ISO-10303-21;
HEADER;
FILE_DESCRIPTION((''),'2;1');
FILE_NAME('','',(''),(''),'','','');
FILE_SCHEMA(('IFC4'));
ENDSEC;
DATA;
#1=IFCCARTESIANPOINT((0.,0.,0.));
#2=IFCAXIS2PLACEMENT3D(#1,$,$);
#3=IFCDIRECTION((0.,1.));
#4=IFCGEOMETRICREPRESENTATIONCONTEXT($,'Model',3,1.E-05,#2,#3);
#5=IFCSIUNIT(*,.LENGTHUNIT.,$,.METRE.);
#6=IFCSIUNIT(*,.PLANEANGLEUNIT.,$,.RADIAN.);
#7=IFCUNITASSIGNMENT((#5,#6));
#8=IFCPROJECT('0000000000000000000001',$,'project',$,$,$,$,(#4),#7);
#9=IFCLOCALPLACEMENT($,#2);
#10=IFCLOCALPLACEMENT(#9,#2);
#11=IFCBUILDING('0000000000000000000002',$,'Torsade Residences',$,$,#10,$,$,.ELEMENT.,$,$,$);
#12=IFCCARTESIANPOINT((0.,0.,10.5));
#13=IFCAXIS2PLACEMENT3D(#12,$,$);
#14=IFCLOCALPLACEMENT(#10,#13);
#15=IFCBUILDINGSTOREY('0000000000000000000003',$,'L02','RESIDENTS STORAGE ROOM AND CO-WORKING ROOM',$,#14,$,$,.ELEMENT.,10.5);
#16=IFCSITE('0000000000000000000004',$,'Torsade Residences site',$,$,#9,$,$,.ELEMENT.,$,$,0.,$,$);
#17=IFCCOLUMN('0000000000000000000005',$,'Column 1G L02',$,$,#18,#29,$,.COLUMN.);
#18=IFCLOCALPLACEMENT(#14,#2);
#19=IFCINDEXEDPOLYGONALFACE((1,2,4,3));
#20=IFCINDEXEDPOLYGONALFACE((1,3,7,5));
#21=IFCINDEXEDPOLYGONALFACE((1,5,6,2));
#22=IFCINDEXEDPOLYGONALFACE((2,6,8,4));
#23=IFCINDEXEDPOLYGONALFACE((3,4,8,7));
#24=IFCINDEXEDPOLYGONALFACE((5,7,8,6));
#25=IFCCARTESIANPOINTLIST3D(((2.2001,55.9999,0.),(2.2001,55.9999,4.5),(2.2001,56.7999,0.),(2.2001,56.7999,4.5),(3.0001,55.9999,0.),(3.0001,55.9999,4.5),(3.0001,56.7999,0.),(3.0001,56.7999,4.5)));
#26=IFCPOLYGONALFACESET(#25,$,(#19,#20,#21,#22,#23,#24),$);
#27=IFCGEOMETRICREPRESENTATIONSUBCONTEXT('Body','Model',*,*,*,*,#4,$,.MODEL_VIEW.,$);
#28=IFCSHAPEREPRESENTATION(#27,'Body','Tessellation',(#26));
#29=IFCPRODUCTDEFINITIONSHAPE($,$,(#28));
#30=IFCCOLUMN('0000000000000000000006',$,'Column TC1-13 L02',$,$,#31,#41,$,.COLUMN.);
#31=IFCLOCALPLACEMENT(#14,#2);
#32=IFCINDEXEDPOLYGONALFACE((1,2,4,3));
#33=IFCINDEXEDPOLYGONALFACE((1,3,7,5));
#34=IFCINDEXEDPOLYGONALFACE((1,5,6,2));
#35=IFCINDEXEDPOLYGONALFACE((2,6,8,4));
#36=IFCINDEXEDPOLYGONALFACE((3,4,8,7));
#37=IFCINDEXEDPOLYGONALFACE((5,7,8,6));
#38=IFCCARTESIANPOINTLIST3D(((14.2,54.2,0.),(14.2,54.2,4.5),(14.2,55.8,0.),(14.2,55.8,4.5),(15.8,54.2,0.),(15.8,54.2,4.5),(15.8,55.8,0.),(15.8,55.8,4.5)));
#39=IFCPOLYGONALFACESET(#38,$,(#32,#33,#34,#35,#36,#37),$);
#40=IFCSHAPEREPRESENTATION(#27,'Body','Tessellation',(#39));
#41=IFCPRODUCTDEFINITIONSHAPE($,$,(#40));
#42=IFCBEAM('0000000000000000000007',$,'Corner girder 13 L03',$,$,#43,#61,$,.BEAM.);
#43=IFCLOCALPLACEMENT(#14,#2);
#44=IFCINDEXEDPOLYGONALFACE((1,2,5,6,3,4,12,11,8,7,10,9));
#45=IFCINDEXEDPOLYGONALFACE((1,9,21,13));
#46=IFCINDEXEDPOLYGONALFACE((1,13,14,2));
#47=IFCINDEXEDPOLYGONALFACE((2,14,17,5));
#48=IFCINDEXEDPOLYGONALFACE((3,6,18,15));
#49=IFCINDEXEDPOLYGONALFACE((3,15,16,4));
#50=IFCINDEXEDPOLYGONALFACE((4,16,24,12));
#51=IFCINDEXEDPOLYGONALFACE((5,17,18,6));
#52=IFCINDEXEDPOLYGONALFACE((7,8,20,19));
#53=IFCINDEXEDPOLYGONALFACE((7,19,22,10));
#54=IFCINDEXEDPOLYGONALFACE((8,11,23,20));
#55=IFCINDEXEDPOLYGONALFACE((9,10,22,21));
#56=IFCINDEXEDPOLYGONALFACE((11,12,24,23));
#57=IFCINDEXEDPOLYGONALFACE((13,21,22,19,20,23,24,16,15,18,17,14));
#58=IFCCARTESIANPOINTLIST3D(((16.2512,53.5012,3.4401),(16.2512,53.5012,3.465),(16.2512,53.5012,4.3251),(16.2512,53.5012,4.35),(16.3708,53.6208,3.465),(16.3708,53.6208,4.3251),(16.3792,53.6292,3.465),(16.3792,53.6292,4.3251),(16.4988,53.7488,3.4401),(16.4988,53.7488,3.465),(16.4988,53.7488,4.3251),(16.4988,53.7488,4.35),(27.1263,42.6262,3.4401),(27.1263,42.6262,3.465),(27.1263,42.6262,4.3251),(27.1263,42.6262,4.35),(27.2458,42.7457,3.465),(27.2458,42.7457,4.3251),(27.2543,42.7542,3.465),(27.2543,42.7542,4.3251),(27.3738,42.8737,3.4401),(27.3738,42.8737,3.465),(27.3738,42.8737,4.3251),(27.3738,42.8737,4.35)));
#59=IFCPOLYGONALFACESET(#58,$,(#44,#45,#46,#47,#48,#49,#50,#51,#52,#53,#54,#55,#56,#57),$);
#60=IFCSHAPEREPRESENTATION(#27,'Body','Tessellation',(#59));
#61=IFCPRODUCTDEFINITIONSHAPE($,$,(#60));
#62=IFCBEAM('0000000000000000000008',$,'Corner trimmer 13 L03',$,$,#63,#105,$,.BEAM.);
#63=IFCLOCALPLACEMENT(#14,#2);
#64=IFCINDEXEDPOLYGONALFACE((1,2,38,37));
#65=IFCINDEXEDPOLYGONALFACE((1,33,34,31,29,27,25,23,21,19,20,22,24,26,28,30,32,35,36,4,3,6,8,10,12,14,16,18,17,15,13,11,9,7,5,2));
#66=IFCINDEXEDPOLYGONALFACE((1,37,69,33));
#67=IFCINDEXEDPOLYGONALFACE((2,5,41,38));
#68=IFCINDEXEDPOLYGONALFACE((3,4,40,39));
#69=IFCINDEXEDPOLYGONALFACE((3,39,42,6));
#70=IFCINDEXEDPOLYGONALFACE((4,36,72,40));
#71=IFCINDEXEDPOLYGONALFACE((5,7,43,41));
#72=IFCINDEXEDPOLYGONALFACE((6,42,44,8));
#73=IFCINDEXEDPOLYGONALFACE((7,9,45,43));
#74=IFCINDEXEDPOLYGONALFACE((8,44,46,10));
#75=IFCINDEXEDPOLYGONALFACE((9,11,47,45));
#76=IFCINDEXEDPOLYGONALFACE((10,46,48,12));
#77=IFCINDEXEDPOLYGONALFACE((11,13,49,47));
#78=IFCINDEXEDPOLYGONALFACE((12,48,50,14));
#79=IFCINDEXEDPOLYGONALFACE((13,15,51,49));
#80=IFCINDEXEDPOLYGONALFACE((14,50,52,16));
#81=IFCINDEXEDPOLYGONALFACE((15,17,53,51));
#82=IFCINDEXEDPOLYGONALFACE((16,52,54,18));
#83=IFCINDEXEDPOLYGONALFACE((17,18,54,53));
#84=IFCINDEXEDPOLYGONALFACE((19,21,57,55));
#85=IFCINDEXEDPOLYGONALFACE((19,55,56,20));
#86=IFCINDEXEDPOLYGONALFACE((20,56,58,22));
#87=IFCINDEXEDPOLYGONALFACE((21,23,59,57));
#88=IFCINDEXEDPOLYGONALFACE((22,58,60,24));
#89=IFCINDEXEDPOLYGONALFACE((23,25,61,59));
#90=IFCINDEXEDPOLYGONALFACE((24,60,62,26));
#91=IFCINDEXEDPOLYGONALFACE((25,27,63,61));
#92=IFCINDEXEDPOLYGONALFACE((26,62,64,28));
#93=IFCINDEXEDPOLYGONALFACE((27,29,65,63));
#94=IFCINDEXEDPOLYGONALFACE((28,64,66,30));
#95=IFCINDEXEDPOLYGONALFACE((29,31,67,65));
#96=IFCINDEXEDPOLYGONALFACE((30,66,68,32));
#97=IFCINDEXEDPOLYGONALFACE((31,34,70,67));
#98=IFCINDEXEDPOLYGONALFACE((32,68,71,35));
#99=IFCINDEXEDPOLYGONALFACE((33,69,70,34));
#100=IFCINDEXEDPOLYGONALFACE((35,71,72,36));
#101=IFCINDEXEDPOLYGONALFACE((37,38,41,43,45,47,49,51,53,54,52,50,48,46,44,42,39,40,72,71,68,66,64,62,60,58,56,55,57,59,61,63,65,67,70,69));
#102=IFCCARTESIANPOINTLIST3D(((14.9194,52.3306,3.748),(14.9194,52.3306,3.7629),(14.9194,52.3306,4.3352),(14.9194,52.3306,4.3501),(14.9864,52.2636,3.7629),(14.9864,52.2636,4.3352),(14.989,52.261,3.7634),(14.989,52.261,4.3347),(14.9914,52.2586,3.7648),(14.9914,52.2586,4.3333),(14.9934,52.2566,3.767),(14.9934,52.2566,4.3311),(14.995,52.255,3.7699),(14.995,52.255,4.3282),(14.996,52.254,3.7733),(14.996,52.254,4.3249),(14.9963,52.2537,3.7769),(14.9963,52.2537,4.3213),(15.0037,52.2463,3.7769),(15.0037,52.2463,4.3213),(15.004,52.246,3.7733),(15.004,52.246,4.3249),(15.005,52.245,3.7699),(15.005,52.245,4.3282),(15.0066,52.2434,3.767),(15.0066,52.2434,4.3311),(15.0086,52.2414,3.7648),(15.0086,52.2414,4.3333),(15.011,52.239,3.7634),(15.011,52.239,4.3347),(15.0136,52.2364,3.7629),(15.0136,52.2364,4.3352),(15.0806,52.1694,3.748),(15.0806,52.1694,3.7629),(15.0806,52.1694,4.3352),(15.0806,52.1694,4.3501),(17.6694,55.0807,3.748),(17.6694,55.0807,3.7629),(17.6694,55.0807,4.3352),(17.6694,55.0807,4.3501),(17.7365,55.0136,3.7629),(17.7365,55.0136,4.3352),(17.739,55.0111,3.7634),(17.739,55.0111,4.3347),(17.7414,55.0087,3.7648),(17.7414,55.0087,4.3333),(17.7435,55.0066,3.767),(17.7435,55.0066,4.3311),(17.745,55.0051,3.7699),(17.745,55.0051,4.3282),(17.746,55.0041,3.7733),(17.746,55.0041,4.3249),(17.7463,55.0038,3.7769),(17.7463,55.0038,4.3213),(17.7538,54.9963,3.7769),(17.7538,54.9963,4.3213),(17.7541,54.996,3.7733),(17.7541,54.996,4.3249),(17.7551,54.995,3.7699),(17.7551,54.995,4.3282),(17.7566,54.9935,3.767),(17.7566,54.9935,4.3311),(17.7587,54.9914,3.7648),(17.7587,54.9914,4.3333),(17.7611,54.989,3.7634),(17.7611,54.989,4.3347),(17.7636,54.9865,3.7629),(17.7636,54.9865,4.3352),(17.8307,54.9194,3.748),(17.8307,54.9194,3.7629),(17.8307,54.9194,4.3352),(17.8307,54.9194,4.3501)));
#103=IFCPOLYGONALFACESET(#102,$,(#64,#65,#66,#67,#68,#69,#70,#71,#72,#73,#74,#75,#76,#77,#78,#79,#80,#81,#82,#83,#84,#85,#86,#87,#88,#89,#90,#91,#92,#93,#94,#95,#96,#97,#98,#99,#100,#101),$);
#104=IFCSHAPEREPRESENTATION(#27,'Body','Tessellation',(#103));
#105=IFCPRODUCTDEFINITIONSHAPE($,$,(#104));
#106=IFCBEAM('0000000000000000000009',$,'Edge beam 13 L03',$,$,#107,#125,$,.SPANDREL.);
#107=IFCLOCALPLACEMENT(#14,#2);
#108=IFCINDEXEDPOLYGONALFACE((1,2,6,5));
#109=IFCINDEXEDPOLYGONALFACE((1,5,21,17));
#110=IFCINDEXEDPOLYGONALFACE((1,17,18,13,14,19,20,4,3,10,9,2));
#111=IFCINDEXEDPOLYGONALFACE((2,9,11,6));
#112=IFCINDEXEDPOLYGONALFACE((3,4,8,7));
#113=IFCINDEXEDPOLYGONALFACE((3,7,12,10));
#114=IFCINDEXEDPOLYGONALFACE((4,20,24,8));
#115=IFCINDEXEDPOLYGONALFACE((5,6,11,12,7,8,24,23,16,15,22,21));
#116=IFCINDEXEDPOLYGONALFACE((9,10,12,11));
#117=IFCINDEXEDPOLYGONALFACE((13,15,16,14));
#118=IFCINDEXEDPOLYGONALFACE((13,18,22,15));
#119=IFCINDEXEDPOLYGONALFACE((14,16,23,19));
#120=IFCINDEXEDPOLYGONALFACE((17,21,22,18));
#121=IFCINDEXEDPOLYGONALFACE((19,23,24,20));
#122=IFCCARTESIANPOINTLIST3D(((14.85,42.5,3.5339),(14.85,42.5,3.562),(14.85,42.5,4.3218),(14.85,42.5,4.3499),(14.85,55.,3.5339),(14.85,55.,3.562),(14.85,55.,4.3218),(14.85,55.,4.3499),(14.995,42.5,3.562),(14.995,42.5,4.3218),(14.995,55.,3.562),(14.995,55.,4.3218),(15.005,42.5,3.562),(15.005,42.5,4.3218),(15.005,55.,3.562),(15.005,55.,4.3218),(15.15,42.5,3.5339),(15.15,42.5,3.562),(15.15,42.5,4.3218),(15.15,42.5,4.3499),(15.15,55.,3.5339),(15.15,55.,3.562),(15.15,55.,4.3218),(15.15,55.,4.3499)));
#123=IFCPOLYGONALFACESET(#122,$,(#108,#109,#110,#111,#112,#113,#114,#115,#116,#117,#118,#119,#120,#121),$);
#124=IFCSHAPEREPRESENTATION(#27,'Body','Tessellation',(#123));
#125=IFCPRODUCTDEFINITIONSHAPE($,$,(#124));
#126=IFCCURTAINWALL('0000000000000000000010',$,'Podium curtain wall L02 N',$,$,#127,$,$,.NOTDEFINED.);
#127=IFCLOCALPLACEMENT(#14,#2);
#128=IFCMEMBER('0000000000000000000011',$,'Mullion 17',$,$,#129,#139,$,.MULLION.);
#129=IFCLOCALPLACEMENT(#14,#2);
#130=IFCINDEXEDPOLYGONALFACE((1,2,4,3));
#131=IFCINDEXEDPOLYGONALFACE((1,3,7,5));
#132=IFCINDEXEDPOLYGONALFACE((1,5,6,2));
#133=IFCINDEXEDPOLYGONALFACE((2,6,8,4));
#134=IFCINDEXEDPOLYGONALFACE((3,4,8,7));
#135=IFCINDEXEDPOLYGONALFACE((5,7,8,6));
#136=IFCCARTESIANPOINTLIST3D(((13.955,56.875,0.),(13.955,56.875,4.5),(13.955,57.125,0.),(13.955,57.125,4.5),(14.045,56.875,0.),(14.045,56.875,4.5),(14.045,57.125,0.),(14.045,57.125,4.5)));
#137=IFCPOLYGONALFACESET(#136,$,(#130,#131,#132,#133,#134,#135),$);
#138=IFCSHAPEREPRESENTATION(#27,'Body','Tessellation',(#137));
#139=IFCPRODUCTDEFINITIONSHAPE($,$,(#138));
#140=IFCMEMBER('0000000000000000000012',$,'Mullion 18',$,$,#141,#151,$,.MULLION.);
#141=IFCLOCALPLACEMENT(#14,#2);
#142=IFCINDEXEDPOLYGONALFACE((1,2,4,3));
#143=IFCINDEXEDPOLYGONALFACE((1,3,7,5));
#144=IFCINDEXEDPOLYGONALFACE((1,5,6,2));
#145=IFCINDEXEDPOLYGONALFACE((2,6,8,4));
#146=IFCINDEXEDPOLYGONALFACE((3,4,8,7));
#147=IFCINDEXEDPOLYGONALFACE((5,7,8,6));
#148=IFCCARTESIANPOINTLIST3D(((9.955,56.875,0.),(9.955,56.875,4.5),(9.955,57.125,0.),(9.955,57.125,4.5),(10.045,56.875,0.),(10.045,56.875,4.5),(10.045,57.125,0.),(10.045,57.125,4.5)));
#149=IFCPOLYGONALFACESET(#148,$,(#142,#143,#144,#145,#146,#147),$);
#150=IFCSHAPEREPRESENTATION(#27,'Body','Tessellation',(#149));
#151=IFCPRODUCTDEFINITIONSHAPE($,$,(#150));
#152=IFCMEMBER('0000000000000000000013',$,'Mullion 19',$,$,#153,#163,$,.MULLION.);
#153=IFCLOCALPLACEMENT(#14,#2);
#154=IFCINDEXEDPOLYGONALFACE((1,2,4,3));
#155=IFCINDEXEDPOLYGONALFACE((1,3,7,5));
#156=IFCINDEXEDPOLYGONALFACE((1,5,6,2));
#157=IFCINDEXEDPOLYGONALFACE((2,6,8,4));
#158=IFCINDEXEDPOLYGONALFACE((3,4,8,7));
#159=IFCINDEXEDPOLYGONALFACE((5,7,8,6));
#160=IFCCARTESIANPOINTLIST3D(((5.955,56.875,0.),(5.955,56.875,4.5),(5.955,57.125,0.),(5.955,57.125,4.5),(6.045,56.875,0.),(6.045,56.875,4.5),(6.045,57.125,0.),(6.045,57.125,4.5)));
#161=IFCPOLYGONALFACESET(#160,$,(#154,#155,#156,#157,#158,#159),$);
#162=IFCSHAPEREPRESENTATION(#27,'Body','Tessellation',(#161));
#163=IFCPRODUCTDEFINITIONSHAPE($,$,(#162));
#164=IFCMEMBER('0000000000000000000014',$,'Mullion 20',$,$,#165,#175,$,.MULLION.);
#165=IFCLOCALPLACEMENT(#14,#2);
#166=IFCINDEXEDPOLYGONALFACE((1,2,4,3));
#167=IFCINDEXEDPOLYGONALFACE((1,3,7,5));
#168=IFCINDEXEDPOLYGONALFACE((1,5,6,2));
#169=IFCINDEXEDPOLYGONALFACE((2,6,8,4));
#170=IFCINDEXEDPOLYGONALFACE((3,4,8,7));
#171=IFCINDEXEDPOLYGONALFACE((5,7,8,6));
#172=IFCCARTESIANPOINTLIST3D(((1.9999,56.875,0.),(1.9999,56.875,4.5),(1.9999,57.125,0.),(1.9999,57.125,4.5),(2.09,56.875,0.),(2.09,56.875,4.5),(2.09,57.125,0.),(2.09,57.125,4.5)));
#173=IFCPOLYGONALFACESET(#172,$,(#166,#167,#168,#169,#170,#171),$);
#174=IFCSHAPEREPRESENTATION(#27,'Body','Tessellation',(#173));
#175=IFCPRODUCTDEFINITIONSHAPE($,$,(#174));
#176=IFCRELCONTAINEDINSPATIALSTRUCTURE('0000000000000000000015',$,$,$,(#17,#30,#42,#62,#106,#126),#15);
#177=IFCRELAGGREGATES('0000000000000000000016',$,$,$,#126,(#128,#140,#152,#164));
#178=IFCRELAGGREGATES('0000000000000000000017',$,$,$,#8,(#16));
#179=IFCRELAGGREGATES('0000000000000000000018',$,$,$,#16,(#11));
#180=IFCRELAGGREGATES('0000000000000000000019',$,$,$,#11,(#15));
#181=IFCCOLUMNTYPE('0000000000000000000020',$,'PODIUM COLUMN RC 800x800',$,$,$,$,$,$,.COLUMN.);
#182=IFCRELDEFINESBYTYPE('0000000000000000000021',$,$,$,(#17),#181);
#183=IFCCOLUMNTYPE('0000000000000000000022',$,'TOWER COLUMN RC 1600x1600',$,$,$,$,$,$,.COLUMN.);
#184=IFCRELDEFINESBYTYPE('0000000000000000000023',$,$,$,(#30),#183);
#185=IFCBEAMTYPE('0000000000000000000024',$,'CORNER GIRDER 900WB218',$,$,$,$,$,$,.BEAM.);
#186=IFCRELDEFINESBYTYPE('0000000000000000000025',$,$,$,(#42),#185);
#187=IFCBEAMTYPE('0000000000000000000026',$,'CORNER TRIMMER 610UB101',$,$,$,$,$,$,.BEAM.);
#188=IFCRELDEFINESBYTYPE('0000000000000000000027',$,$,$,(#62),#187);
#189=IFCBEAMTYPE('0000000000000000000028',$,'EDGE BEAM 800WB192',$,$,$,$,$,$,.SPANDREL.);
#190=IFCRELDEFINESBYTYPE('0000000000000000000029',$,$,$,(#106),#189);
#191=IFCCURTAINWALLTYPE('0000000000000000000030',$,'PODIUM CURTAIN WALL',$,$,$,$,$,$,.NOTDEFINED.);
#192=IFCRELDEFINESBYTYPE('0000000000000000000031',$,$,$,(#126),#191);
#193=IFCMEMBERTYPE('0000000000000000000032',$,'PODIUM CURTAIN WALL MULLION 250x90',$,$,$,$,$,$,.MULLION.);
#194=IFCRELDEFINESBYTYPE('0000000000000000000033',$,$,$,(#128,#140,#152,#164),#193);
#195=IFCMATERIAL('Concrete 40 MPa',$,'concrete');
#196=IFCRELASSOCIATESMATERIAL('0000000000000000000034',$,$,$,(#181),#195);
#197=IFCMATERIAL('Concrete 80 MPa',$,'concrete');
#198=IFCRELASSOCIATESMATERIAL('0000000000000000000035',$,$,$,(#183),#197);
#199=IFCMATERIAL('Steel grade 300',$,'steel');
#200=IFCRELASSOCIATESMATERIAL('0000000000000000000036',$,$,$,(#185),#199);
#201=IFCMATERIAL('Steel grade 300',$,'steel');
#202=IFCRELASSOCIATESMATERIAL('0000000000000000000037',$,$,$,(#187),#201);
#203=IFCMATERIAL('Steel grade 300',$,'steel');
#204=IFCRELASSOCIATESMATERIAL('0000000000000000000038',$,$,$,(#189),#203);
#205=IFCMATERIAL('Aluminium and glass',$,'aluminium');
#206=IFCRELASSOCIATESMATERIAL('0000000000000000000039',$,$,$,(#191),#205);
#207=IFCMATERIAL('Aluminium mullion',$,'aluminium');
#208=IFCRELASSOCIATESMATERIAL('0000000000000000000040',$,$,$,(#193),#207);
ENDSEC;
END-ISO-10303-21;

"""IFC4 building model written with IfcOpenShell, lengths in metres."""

from ifc_helpers import new_model, si_unit, direction, frame, origin, origin_2d, place, context, subcontext, project, spatial, rectangle, i_section, extrude, material, material_profile, profile_set, type_object, element, aggregate, save


model = new_model("IFC4")

# Units and contexts
model_context = context("Model", 3, precision=1e-05, world=origin(), true_north=direction((0.0, 1.0)))
body_context = subcontext(model_context, "Body", "Model", "MODEL_VIEW")
ifc_project = project(units=[si_unit("LENGTHUNIT", "METRE"), si_unit("PLANEANGLEUNIT", "RADIAN")], contexts=[model_context])

# Site, building, storey
site_placement = place(None, origin())
site = spatial("IfcSite", under=ifc_project, at=site_placement, Name="Torsade Residences site", CompositionType="ELEMENT", RefElevation=0.0)
building_placement = place(site_placement, origin())
building = spatial("IfcBuilding", under=site, at=building_placement, Name="Torsade Residences", CompositionType="ELEMENT")
storey_placement = place(building_placement, frame((0.0, 0.0, 10.5)))
storey = spatial("IfcBuildingStorey", under=building, at=storey_placement, Name="L02", Description="RESIDENTS STORAGE ROOM AND CO-WORKING ROOM", CompositionType="ELEMENT", Elevation=10.5)

# Columns
ifc_material_1 = material(Name="Concrete 40 MPa", Category="concrete")
ifc_material_profile_1 = material_profile(ifc_material_1, rectangle(XDim=0.8, YDim=0.8, at=origin_2d()), Name="RC 800x800")
ifc_profile_set_1 = profile_set([ifc_material_profile_1], Name="Concrete 40 MPa")
column_type_1 = type_object("IfcColumnType", Name="PODIUM COLUMN RC 800x800", PredefinedType="COLUMN", material=ifc_profile_set_1)
column_1_placement = place(storey_placement, frame((2.6001, 56.3999, 0.0), z_axis=(0.0, 0.0, 1.0), x_axis=(1.0, 0.0, 0.0)))
element("IfcColumn", 1, at=column_1_placement, inside=storey, type_object=column_type_1, Name="Column 1G L02", PredefinedType="COLUMN", context=body_context, shape_type="SweptSolid", body=[
    extrude(rectangle(XDim=0.8, YDim=0.8, at=origin_2d()), origin(), (0.0, 0.0, 1.0), 4.5),
])
ifc_material_2 = material(Name="Concrete 80 MPa", Category="concrete")
ifc_material_profile_2 = material_profile(ifc_material_2, rectangle(XDim=1.6001, YDim=1.6001, at=origin_2d()), Name="RC 1600x1600")
ifc_profile_set_2 = profile_set([ifc_material_profile_2], Name="Concrete 80 MPa")
column_type_2 = type_object("IfcColumnType", Name="TOWER COLUMN RC 1600x1600", PredefinedType="COLUMN", material=ifc_profile_set_2)
column_2_placement = place(storey_placement, frame((15.0, 55.0, 0.0), z_axis=(0.0, 0.0, 1.0), x_axis=(1.0, 0.0, 0.0)))
element("IfcColumn", 2, at=column_2_placement, inside=storey, type_object=column_type_2, Name="Column TC1-13 L02", PredefinedType="COLUMN", context=body_context, shape_type="SweptSolid", body=[
    extrude(rectangle(XDim=1.6001, YDim=1.6001, at=origin_2d()), origin(), (0.0, 0.0, 1.0), 4.5),
])

# Beams
ifc_material_3 = material(Name="Steel grade 300", Category="steel")
ifc_material_profile_3 = material_profile(ifc_material_3, i_section(OverallWidth=0.3501, OverallDepth=0.9099, WebThickness=0.012, FlangeThickness=0.0249, at=origin_2d()), Name="900WB218")
ifc_profile_set_3 = profile_set([ifc_material_profile_3], Name="Steel grade 300")
beam_type_1 = type_object("IfcBeamType", Name="CORNER GIRDER 900WB218", PredefinedType="BEAM", material=ifc_profile_set_3)
beam_1_placement = place(storey_placement, frame((16.375, 53.625, 3.895), z_axis=(0.707107, -0.707107, 0.0), x_axis=(0.707107, 0.707107, 0.0)))
element("IfcBeam", 3, at=beam_1_placement, inside=storey, type_object=beam_type_1, Name="Corner girder 13 L03", PredefinedType="BEAM", context=body_context, shape_type="SweptSolid", body=[
    extrude(i_section(OverallWidth=0.3501, OverallDepth=0.9099, WebThickness=0.012, FlangeThickness=0.0249, at=origin_2d()), origin(), (0.0, 0.0, 1.0), 15.3796),
])
ifc_material_4 = material(Name="Steel grade 300", Category="steel")
ifc_material_profile_4 = material_profile(ifc_material_4, i_section(OverallWidth=0.228, OverallDepth=0.6021, WebThickness=0.0105, FlangeThickness=0.0149, FilletRadius=0.0139, at=origin_2d()), Name="610UB101")
ifc_profile_set_4 = profile_set([ifc_material_profile_4], Name="Steel grade 300")
beam_type_2 = type_object("IfcBeamType", Name="CORNER TRIMMER 610UB101", PredefinedType="BEAM", material=ifc_profile_set_4)
beam_2_placement = place(storey_placement, frame((15.0, 52.25, 4.0491), z_axis=(0.707107, 0.707107, 0.0), x_axis=(-0.707107, 0.707107, 0.0)))
element("IfcBeam", 4, at=beam_2_placement, inside=storey, type_object=beam_type_2, Name="Corner trimmer 13 L03", PredefinedType="BEAM", context=body_context, shape_type="SweptSolid", body=[
    extrude(i_section(OverallWidth=0.228, OverallDepth=0.6021, WebThickness=0.0105, FlangeThickness=0.0149, FilletRadius=0.0139, at=origin_2d()), origin(), (0.0, 0.0, 1.0), 3.8892),
])
ifc_material_5 = material(Name="Steel grade 300", Category="steel")
ifc_material_profile_5 = material_profile(ifc_material_5, i_section(OverallWidth=0.3, OverallDepth=0.8159, WebThickness=0.01, FlangeThickness=0.0281, at=origin_2d()), Name="800WB192")
ifc_profile_set_5 = profile_set([ifc_material_profile_5], Name="Steel grade 300")
beam_type_3 = type_object("IfcBeamType", Name="EDGE BEAM 800WB192", PredefinedType="SPANDREL", material=ifc_profile_set_5)
beam_3_placement = place(storey_placement, frame((15.0, 55.0, 3.9419), z_axis=(0.0, -1.0, 0.0), x_axis=(1.0, 0.0, 0.0)))
element("IfcBeam", 5, at=beam_3_placement, inside=storey, type_object=beam_type_3, Name="Edge beam 13 L03", PredefinedType="SPANDREL", context=body_context, shape_type="SweptSolid", body=[
    extrude(i_section(OverallWidth=0.3, OverallDepth=0.8159, WebThickness=0.01, FlangeThickness=0.0281, at=origin_2d()), origin(), (0.0, 0.0, 1.0), 12.5),
])

# Curtain wall, members
ifc_material_6 = material(Name="Aluminium and glass", Category="aluminium")
curtain_wall_type = type_object("IfcCurtainWallType", Name="PODIUM CURTAIN WALL", PredefinedType="NOTDEFINED", material=ifc_material_6)
curtain_wall_1_placement = place(storey_placement, origin())
curtain_wall_1 = element("IfcCurtainWall", 6, at=curtain_wall_1_placement, inside=storey, type_object=curtain_wall_type, Name="Podium curtain wall L02 N", PredefinedType="NOTDEFINED")
ifc_material_7 = material(Name="Aluminium mullion", Category="aluminium")
ifc_material_profile_6 = material_profile(ifc_material_7, rectangle(XDim=0.25, YDim=0.0901, at=origin_2d()), Name="PODIUM CURTAIN WALL MULLION 250x90")
ifc_profile_set_6 = profile_set([ifc_material_profile_6], Name="Aluminium mullion")
member_type_1 = type_object("IfcMemberType", Name="PODIUM CURTAIN WALL MULLION 250x90", PredefinedType="MULLION", material=ifc_profile_set_6)
member_1_placement = place(storey_placement, frame((14.0, 57.0, 0.0), z_axis=(0.0, 0.0, 1.0), x_axis=(0.0, -1.0, 0.0)))
member_1 = element("IfcMember", 7, at=member_1_placement, type_object=member_type_1, Name="Mullion 17", PredefinedType="MULLION", context=body_context, shape_type="SweptSolid", body=[
    extrude(rectangle(XDim=0.25, YDim=0.0901, at=origin_2d()), origin(), (0.0, 0.0, 1.0), 4.5),
])
member_2_placement = place(storey_placement, frame((10.0, 57.0, 0.0), z_axis=(0.0, 0.0, 1.0), x_axis=(0.0, -1.0, 0.0)))
member_2 = element("IfcMember", 8, at=member_2_placement, type_object=member_type_1, Name="Mullion 18", PredefinedType="MULLION", context=body_context, shape_type="SweptSolid", body=[
    extrude(rectangle(XDim=0.25, YDim=0.0901, at=origin_2d()), origin(), (0.0, 0.0, 1.0), 4.5),
])
member_3_placement = place(storey_placement, frame((6.0, 57.0, 0.0), z_axis=(0.0, 0.0, 1.0), x_axis=(0.0, -1.0, 0.0)))
member_3 = element("IfcMember", 9, at=member_3_placement, type_object=member_type_1, Name="Mullion 19", PredefinedType="MULLION", context=body_context, shape_type="SweptSolid", body=[
    extrude(rectangle(XDim=0.25, YDim=0.0901, at=origin_2d()), origin(), (0.0, 0.0, 1.0), 4.5),
])
member_4_placement = place(storey_placement, frame((2.0449, 57.0, 0.0), z_axis=(0.0, 0.0, 1.0), x_axis=(0.0, -1.0, 0.0)))
member_4 = element("IfcMember", 10, at=member_4_placement, type_object=member_type_1, Name="Mullion 20", PredefinedType="MULLION", context=body_context, shape_type="SweptSolid", body=[
    extrude(rectangle(XDim=0.25, YDim=0.0901, at=origin_2d()), origin(), (0.0, 0.0, 1.0), 4.5),
])

aggregate(curtain_wall_1, [member_1, member_2, member_3, member_4])

save(model, "model.ifc")
